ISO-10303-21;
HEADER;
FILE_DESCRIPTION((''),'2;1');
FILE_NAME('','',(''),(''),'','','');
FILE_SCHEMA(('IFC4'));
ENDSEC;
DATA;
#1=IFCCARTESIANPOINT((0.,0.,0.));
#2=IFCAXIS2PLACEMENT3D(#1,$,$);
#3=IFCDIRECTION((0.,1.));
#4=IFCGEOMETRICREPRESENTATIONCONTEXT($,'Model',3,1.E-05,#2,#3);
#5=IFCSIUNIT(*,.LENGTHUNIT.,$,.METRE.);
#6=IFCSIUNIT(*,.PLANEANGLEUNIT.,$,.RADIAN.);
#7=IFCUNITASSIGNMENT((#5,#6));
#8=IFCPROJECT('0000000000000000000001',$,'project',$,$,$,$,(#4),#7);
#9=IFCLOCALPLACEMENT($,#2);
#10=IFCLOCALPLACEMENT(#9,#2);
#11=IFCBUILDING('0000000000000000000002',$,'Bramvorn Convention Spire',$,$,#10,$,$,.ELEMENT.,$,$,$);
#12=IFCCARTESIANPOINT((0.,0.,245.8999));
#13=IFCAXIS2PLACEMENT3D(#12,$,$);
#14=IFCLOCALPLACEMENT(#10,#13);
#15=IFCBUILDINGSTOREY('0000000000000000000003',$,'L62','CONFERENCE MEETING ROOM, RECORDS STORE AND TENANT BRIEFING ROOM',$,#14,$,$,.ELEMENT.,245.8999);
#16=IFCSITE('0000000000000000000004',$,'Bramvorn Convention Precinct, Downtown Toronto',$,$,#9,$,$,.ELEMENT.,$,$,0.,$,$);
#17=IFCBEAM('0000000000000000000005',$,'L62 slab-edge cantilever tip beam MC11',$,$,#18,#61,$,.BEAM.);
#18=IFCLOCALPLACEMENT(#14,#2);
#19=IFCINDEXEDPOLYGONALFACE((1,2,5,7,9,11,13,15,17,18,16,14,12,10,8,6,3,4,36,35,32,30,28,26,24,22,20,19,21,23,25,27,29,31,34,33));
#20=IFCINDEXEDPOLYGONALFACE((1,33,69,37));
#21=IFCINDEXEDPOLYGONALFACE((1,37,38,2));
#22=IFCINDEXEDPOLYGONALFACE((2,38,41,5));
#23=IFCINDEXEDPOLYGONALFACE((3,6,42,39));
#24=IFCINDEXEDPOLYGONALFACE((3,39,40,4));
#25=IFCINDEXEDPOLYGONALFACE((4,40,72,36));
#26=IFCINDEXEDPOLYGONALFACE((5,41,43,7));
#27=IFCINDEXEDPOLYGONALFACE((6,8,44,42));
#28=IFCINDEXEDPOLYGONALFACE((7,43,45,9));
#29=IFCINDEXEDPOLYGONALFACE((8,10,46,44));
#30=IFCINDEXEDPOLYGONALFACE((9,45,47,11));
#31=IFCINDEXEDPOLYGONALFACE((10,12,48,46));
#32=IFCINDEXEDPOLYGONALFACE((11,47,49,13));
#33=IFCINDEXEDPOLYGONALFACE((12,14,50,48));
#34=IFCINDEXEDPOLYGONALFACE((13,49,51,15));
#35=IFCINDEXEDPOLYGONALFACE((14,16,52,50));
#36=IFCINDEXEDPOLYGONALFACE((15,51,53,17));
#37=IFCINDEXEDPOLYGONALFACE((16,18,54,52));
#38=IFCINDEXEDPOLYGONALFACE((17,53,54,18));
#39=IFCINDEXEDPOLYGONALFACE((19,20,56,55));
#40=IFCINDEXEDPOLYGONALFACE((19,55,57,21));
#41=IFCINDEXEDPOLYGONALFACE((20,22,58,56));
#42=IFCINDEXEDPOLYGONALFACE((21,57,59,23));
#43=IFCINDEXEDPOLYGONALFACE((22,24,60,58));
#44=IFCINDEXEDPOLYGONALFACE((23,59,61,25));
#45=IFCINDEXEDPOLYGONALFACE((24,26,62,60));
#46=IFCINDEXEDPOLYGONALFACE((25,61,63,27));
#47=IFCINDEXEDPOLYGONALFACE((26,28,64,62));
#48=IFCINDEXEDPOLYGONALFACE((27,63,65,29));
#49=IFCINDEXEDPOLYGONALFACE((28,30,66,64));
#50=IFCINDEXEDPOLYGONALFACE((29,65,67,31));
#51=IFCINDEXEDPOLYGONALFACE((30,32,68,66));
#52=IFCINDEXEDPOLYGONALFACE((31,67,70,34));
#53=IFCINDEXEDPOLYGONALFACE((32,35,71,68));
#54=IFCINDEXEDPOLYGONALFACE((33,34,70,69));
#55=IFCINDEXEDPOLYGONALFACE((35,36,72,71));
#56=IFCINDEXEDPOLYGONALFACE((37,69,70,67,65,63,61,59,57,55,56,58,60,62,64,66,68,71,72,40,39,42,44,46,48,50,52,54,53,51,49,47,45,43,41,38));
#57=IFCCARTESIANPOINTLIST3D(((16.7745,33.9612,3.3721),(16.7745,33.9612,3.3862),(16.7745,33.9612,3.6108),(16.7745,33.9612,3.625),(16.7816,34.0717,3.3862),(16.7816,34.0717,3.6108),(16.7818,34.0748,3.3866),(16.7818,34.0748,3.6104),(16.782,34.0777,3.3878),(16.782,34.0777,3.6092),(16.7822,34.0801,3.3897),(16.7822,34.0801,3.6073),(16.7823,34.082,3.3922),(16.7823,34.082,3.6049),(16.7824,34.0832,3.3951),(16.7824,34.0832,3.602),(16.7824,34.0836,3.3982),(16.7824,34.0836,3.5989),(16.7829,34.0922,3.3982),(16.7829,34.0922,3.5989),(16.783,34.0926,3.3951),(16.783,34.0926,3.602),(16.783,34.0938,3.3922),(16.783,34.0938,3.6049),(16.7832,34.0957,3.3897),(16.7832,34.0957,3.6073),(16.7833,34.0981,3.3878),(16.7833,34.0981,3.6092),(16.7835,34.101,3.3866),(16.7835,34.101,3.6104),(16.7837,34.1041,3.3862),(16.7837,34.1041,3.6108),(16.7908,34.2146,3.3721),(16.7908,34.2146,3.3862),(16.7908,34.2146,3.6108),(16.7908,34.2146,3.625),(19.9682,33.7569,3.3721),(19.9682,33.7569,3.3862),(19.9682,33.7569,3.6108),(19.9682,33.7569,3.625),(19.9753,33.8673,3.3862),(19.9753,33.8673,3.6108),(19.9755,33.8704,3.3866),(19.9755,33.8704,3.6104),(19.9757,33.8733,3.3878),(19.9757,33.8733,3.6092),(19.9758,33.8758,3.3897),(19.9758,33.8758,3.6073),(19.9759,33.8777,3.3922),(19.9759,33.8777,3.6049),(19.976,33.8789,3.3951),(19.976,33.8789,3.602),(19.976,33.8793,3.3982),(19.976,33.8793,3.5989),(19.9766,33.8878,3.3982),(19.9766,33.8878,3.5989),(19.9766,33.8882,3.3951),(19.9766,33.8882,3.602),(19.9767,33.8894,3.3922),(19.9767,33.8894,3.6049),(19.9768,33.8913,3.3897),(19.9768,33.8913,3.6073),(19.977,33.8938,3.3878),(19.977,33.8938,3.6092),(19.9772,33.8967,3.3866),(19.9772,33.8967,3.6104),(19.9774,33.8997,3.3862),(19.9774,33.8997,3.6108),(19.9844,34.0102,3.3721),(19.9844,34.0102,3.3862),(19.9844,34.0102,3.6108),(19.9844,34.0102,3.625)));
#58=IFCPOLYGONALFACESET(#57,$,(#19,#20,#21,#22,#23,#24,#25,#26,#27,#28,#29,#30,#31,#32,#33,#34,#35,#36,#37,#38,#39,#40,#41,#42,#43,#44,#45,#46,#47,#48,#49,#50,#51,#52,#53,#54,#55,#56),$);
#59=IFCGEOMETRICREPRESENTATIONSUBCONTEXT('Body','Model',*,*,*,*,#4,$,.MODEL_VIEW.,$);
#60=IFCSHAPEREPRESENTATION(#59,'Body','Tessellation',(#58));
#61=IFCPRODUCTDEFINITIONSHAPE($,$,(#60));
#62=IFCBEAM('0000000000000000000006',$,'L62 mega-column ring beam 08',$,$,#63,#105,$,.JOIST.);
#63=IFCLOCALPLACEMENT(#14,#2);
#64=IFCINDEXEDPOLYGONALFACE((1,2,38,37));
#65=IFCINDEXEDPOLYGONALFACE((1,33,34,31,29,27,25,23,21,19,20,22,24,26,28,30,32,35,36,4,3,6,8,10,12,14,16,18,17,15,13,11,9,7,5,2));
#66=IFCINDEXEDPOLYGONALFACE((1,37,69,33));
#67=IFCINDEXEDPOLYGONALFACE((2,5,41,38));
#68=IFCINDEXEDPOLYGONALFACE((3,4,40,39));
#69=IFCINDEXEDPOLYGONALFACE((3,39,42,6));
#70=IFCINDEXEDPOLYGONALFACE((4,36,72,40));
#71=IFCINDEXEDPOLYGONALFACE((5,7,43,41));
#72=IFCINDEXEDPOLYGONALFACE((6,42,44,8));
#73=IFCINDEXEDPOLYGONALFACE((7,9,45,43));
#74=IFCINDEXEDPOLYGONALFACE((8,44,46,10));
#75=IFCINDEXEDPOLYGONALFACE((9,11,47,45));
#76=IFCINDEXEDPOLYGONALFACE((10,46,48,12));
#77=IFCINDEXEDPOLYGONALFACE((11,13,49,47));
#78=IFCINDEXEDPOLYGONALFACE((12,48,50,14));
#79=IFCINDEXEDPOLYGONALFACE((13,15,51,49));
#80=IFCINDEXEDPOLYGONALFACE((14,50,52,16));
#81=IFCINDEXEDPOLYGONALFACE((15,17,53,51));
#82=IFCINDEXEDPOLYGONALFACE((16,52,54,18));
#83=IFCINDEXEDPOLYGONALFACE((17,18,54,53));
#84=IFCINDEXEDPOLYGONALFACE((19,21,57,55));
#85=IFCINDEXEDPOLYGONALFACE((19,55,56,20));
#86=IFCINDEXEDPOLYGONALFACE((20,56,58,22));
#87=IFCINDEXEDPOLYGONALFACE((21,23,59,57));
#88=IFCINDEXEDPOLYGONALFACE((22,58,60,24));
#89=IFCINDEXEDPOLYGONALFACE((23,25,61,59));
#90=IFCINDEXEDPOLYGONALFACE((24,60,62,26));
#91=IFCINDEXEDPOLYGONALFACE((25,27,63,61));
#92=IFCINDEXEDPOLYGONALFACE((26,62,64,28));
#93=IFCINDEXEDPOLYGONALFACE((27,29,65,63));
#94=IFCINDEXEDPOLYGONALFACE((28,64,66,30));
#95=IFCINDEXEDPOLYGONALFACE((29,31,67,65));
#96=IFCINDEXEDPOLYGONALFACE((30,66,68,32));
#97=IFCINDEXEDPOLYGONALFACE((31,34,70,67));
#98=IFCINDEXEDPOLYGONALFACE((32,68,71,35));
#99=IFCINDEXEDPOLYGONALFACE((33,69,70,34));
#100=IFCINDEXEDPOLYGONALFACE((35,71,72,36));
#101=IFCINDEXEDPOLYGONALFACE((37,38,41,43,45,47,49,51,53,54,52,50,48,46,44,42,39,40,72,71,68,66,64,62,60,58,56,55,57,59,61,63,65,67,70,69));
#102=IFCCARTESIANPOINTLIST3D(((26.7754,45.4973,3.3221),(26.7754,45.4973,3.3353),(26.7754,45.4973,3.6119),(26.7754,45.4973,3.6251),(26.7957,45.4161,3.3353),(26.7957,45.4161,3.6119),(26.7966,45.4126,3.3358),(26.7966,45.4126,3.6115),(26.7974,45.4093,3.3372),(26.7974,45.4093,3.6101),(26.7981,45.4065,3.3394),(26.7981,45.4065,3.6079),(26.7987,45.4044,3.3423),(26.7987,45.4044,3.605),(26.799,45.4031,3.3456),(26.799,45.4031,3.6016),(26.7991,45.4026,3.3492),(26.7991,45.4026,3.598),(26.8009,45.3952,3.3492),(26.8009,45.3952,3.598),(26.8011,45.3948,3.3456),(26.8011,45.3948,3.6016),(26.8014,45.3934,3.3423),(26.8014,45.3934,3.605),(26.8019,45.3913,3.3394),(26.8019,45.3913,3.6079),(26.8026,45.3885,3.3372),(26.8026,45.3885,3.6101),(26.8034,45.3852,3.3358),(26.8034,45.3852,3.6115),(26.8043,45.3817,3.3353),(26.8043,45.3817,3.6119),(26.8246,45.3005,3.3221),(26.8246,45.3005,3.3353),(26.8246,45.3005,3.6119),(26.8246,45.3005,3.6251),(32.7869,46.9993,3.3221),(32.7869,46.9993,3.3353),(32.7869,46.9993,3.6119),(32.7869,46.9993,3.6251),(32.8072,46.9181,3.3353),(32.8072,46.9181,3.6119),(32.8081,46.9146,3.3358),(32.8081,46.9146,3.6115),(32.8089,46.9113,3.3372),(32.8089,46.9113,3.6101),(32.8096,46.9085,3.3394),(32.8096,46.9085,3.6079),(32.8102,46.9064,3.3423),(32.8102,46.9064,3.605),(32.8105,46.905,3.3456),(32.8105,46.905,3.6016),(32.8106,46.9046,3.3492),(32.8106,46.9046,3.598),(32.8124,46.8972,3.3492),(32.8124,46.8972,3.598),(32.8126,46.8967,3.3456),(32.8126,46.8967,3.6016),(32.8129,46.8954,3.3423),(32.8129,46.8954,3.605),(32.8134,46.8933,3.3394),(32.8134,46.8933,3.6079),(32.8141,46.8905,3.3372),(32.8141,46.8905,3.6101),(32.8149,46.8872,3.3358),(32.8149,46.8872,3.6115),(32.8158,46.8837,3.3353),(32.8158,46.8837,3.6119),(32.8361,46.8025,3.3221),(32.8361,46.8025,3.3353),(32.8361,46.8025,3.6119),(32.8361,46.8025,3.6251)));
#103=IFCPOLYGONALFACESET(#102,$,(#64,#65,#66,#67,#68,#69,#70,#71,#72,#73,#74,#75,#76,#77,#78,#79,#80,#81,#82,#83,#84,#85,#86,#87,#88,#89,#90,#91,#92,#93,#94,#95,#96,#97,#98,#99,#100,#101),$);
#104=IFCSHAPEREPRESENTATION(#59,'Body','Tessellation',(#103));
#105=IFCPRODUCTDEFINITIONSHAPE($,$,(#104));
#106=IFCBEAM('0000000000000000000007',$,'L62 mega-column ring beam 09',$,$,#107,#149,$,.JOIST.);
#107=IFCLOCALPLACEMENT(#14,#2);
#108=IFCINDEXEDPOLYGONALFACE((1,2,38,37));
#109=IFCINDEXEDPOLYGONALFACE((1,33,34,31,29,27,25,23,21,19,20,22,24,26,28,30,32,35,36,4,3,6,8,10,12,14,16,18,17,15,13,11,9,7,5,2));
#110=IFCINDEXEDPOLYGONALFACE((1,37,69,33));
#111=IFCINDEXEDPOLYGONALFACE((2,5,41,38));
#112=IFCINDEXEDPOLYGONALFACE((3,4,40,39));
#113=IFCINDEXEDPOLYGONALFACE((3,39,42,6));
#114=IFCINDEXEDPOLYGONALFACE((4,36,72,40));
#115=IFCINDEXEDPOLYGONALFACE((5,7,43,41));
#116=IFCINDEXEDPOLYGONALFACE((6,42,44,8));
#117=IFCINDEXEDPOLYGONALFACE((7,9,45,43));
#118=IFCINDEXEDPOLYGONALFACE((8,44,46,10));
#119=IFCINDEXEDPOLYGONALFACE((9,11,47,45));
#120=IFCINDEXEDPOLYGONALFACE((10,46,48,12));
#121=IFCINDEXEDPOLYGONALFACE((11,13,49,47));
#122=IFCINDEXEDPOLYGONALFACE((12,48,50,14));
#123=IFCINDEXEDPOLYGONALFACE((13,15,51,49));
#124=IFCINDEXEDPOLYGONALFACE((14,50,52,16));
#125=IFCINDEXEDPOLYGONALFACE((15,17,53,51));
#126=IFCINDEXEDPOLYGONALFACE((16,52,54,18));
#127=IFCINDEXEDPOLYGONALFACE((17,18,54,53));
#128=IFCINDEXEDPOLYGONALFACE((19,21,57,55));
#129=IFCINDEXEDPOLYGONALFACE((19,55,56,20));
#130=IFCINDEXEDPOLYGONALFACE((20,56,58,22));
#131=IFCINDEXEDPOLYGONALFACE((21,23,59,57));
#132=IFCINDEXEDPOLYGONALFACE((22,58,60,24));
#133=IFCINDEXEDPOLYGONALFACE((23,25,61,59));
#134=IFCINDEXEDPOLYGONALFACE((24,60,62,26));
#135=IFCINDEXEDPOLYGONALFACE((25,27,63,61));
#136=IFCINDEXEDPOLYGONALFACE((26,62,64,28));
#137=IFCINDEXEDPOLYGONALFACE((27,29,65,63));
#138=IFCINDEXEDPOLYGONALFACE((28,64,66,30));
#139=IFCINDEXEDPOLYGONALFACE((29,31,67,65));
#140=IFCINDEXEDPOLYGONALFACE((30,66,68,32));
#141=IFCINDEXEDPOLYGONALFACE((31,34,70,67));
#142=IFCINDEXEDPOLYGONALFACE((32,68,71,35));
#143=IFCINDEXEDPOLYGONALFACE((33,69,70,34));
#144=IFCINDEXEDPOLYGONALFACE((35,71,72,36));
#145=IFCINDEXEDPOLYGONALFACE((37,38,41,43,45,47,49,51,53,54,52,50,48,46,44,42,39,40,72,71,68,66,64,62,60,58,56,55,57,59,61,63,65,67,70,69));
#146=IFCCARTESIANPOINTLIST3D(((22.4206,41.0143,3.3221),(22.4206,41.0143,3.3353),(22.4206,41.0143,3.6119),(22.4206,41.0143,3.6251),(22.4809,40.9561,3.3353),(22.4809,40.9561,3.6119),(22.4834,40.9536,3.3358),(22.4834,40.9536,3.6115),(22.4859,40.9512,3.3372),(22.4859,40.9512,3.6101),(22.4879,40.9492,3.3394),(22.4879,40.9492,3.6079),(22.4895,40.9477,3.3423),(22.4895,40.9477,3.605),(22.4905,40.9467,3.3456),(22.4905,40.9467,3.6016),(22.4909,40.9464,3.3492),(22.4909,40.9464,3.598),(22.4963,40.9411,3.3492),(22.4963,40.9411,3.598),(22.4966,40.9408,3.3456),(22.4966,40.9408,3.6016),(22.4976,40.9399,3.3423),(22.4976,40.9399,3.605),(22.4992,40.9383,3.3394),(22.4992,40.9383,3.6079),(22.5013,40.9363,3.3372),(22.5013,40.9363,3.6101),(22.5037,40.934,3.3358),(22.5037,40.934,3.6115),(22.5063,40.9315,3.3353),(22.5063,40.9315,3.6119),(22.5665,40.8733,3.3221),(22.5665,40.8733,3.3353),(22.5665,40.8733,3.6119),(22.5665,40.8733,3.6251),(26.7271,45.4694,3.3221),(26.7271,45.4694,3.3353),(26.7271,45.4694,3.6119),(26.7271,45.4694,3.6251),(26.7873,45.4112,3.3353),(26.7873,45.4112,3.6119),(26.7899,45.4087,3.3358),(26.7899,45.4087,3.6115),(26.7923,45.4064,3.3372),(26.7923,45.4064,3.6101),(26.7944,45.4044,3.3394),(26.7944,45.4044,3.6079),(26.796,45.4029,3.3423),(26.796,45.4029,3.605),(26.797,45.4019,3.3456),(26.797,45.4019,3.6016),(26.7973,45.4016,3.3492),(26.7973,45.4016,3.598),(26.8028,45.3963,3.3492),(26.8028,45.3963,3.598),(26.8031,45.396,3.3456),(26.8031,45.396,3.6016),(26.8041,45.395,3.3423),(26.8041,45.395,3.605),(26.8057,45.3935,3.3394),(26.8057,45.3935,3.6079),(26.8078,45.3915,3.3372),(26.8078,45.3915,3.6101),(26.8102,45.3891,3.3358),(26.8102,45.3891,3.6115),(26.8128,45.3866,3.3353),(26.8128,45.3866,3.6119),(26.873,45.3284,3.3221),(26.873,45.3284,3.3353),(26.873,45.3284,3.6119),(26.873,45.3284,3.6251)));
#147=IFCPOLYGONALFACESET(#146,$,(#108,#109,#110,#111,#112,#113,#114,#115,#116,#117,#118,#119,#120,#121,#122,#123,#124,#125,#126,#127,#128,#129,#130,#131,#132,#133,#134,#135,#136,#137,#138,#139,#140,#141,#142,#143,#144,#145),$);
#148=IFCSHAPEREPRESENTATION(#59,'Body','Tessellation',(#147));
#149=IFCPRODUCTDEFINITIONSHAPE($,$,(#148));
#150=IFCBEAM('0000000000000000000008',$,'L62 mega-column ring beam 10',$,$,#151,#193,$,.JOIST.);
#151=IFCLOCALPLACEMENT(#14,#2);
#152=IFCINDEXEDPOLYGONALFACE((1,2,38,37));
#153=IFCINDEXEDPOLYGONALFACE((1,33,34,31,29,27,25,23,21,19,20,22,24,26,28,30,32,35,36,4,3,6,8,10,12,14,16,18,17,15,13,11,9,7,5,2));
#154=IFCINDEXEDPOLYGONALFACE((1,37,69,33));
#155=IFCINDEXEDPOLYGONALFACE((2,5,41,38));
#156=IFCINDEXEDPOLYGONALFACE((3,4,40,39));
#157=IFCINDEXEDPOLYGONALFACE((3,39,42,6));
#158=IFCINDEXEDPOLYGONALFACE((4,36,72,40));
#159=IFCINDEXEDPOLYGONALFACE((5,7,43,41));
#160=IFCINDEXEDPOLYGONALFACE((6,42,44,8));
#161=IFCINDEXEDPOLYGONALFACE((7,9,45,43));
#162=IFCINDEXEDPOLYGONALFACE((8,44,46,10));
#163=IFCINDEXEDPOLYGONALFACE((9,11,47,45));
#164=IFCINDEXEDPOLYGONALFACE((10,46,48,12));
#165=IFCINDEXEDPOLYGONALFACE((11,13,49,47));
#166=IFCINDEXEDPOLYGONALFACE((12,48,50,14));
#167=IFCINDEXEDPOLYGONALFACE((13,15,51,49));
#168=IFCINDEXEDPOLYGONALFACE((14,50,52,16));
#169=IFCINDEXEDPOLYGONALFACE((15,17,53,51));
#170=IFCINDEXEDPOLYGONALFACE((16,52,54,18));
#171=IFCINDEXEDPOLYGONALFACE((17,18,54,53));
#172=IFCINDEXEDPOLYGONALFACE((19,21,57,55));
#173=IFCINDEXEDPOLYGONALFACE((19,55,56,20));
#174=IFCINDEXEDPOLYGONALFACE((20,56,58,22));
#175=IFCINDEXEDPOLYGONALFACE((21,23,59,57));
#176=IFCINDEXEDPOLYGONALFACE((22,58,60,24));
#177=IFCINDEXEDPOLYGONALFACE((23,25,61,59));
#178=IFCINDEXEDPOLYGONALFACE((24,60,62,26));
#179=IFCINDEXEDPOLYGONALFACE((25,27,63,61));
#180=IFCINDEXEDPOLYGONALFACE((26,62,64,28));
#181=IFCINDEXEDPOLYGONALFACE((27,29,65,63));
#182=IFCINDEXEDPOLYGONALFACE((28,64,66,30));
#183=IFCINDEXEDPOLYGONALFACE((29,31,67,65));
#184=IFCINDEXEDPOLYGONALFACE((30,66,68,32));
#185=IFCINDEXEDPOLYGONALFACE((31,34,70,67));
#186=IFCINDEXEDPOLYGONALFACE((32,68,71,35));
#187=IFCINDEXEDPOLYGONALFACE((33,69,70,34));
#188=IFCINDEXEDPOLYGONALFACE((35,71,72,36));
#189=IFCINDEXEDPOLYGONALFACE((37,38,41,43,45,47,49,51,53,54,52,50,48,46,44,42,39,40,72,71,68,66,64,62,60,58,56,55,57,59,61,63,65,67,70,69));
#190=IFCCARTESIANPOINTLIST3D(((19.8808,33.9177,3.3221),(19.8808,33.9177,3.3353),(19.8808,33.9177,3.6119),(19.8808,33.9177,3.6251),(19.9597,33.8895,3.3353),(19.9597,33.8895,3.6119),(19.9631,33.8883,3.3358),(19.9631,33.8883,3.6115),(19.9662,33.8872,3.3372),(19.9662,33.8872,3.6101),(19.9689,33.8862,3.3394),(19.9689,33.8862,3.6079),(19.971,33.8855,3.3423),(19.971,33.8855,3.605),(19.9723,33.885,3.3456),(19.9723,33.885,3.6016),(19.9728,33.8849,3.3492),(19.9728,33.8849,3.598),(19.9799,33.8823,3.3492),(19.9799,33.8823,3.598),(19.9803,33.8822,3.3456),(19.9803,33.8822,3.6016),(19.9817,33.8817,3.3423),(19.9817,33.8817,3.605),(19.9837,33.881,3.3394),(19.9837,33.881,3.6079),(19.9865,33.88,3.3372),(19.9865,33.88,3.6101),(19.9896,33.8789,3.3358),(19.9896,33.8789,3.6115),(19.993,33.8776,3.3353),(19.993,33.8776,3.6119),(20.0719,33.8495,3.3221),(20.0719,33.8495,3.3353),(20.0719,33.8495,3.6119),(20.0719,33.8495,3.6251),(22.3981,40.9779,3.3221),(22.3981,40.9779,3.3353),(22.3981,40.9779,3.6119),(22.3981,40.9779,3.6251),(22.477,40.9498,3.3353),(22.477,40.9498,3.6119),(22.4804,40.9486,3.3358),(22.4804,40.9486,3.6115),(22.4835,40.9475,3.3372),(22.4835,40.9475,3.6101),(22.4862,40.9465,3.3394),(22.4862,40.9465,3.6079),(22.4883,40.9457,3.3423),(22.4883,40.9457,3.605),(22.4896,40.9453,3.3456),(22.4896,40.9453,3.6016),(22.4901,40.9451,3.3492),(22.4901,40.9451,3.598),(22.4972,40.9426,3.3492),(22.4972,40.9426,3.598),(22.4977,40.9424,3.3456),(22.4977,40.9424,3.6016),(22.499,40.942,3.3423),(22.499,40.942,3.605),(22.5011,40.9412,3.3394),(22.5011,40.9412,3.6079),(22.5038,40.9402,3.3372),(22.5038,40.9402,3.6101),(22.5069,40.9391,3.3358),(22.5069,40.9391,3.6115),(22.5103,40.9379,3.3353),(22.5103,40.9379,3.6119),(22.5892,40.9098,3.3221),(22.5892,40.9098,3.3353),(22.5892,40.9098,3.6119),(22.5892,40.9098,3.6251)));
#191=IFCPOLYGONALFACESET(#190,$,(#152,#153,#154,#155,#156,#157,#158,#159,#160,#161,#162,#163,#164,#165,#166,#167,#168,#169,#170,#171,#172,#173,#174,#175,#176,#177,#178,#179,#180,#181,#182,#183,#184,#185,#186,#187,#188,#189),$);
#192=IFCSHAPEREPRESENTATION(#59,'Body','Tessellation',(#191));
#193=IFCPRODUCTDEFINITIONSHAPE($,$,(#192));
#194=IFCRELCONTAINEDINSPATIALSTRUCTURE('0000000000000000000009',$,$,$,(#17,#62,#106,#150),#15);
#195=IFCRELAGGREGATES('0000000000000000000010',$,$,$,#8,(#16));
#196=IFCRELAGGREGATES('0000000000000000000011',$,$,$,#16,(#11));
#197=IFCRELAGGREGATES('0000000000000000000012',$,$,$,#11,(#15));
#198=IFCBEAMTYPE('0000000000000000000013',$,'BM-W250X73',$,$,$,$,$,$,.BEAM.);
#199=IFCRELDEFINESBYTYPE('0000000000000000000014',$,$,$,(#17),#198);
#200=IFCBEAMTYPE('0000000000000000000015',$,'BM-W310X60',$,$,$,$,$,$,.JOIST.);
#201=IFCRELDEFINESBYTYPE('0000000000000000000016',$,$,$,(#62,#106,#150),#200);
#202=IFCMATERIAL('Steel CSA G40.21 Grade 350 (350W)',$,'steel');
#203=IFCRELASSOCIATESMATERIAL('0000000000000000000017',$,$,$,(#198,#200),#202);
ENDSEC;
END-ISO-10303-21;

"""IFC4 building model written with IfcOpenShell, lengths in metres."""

from ifc_helpers import new_model, si_unit, direction, frame, origin, origin_2d, place, context, subcontext, project, spatial, i_section, extrude, material, material_profile, profile_set, type_object, element, save


model = new_model("IFC4")

# Units and contexts
model_context = context("Model", 3, precision=1e-05, world=origin(), true_north=direction((0.0, 1.0)))
body_context = subcontext(model_context, "Body", "Model", "MODEL_VIEW")
ifc_project = project(units=[si_unit("LENGTHUNIT", "METRE"), si_unit("PLANEANGLEUNIT", "RADIAN")], contexts=[model_context])

# Site, building, storey
site_placement = place(None, origin())
site = spatial("IfcSite", under=ifc_project, at=site_placement, Name="Bramvorn Convention Precinct, Downtown Toronto", CompositionType="ELEMENT", RefElevation=0.0)
building_placement = place(site_placement, origin())
building = spatial("IfcBuilding", under=site, at=building_placement, Name="Bramvorn Convention Spire", CompositionType="ELEMENT")
storey_placement = place(building_placement, frame((0.0, 0.0, 245.8999)))
storey = spatial("IfcBuildingStorey", under=building, at=storey_placement, Name="L62", Description="CONFERENCE MEETING ROOM, RECORDS STORE AND TENANT BRIEFING ROOM", CompositionType="ELEMENT", Elevation=245.8999)

# Shared definitions
ifc_material_1 = material(Name="Steel CSA G40.21 Grade 350 (350W)", Category="steel")

# Beams
ifc_material_profile_1 = material_profile(ifc_material_1, i_section(OverallWidth=0.2539, OverallDepth=0.2529, WebThickness=0.0085, FlangeThickness=0.0142, FilletRadius=0.012, at=origin_2d()))
ifc_profile_set_1 = profile_set([ifc_material_profile_1], Name="Steel CSA G40.21 Grade 350 (350W) - W250X73")
beam_type_1 = type_object("IfcBeamType", Name="BM-W250X73", PredefinedType="BEAM", material=ifc_profile_set_1)
beam_1_placement = place(storey_placement, frame((19.9763, 33.8835, 3.4985), z_axis=(-0.997959, 0.063855, 0.0), x_axis=(-0.063855, -0.997959, 0.0)))
element("IfcBeam", 1, at=beam_1_placement, inside=storey, type_object=beam_type_1, Name="L62 slab-edge cantilever tip beam MC11", PredefinedType="BEAM", context=body_context, shape_type="SweptSolid", body=[
    extrude(i_section(OverallWidth=0.2539, OverallDepth=0.2529, WebThickness=0.0085, FlangeThickness=0.0142, FilletRadius=0.012, at=origin_2d()), origin(), (0.0, 0.0, 1.0), 3.2002),
])
ifc_material_profile_2 = material_profile(ifc_material_1, i_section(OverallWidth=0.2029, OverallDepth=0.303, WebThickness=0.0076, FlangeThickness=0.0132, FilletRadius=0.0139, at=origin_2d()))
ifc_profile_set_2 = profile_set([ifc_material_profile_2], Name="Steel CSA G40.21 Grade 350 (350W) - W310X60")
beam_type_2 = type_object("IfcBeamType", Name="BM-W310X60", PredefinedType="JOIST", material=ifc_profile_set_2)
for number, where, z_axis, x_axis, name in (
    (2, (32.8115, 46.9009, 3.4736), (-0.970177, -0.242397, 0.0), (0.242397, -0.970177, 0.0), "L62 mega-column ring beam 08"),
    (3, (26.8, 45.3989, 3.4736), (-0.695007, -0.719003, 0.0), (0.719003, -0.695007, 0.0), "L62 mega-column ring beam 09"),
):
    element("IfcBeam", number, at=place(storey_placement, frame(where, z_axis=z_axis, x_axis=x_axis)), inside=storey, type_object=beam_type_2, Name=name, PredefinedType="JOIST", context=body_context, shape_type="SweptSolid", body=[
        extrude(i_section(OverallWidth=0.2029, OverallDepth=0.303, WebThickness=0.0076, FlangeThickness=0.0132, FilletRadius=0.0139, at=origin_2d()), origin(), (0.0, 0.0, 1.0), 6.1963),
    ])
beam_2_placement = place(storey_placement, frame((22.4937, 40.9438, 3.4736), z_axis=(-0.335839, -0.941919, 0.0), x_axis=(0.941919, -0.335839, 0.0)))
element("IfcBeam", 4, at=beam_2_placement, inside=storey, type_object=beam_type_2, Name="L62 mega-column ring beam 10", PredefinedType="JOIST", context=body_context, shape_type="SweptSolid", body=[
    extrude(i_section(OverallWidth=0.2029, OverallDepth=0.303, WebThickness=0.0076, FlangeThickness=0.0132, FilletRadius=0.0139, at=origin_2d()), origin(), (0.0, 0.0, 1.0), 7.4956),
])

save(model, "model.ifc")
